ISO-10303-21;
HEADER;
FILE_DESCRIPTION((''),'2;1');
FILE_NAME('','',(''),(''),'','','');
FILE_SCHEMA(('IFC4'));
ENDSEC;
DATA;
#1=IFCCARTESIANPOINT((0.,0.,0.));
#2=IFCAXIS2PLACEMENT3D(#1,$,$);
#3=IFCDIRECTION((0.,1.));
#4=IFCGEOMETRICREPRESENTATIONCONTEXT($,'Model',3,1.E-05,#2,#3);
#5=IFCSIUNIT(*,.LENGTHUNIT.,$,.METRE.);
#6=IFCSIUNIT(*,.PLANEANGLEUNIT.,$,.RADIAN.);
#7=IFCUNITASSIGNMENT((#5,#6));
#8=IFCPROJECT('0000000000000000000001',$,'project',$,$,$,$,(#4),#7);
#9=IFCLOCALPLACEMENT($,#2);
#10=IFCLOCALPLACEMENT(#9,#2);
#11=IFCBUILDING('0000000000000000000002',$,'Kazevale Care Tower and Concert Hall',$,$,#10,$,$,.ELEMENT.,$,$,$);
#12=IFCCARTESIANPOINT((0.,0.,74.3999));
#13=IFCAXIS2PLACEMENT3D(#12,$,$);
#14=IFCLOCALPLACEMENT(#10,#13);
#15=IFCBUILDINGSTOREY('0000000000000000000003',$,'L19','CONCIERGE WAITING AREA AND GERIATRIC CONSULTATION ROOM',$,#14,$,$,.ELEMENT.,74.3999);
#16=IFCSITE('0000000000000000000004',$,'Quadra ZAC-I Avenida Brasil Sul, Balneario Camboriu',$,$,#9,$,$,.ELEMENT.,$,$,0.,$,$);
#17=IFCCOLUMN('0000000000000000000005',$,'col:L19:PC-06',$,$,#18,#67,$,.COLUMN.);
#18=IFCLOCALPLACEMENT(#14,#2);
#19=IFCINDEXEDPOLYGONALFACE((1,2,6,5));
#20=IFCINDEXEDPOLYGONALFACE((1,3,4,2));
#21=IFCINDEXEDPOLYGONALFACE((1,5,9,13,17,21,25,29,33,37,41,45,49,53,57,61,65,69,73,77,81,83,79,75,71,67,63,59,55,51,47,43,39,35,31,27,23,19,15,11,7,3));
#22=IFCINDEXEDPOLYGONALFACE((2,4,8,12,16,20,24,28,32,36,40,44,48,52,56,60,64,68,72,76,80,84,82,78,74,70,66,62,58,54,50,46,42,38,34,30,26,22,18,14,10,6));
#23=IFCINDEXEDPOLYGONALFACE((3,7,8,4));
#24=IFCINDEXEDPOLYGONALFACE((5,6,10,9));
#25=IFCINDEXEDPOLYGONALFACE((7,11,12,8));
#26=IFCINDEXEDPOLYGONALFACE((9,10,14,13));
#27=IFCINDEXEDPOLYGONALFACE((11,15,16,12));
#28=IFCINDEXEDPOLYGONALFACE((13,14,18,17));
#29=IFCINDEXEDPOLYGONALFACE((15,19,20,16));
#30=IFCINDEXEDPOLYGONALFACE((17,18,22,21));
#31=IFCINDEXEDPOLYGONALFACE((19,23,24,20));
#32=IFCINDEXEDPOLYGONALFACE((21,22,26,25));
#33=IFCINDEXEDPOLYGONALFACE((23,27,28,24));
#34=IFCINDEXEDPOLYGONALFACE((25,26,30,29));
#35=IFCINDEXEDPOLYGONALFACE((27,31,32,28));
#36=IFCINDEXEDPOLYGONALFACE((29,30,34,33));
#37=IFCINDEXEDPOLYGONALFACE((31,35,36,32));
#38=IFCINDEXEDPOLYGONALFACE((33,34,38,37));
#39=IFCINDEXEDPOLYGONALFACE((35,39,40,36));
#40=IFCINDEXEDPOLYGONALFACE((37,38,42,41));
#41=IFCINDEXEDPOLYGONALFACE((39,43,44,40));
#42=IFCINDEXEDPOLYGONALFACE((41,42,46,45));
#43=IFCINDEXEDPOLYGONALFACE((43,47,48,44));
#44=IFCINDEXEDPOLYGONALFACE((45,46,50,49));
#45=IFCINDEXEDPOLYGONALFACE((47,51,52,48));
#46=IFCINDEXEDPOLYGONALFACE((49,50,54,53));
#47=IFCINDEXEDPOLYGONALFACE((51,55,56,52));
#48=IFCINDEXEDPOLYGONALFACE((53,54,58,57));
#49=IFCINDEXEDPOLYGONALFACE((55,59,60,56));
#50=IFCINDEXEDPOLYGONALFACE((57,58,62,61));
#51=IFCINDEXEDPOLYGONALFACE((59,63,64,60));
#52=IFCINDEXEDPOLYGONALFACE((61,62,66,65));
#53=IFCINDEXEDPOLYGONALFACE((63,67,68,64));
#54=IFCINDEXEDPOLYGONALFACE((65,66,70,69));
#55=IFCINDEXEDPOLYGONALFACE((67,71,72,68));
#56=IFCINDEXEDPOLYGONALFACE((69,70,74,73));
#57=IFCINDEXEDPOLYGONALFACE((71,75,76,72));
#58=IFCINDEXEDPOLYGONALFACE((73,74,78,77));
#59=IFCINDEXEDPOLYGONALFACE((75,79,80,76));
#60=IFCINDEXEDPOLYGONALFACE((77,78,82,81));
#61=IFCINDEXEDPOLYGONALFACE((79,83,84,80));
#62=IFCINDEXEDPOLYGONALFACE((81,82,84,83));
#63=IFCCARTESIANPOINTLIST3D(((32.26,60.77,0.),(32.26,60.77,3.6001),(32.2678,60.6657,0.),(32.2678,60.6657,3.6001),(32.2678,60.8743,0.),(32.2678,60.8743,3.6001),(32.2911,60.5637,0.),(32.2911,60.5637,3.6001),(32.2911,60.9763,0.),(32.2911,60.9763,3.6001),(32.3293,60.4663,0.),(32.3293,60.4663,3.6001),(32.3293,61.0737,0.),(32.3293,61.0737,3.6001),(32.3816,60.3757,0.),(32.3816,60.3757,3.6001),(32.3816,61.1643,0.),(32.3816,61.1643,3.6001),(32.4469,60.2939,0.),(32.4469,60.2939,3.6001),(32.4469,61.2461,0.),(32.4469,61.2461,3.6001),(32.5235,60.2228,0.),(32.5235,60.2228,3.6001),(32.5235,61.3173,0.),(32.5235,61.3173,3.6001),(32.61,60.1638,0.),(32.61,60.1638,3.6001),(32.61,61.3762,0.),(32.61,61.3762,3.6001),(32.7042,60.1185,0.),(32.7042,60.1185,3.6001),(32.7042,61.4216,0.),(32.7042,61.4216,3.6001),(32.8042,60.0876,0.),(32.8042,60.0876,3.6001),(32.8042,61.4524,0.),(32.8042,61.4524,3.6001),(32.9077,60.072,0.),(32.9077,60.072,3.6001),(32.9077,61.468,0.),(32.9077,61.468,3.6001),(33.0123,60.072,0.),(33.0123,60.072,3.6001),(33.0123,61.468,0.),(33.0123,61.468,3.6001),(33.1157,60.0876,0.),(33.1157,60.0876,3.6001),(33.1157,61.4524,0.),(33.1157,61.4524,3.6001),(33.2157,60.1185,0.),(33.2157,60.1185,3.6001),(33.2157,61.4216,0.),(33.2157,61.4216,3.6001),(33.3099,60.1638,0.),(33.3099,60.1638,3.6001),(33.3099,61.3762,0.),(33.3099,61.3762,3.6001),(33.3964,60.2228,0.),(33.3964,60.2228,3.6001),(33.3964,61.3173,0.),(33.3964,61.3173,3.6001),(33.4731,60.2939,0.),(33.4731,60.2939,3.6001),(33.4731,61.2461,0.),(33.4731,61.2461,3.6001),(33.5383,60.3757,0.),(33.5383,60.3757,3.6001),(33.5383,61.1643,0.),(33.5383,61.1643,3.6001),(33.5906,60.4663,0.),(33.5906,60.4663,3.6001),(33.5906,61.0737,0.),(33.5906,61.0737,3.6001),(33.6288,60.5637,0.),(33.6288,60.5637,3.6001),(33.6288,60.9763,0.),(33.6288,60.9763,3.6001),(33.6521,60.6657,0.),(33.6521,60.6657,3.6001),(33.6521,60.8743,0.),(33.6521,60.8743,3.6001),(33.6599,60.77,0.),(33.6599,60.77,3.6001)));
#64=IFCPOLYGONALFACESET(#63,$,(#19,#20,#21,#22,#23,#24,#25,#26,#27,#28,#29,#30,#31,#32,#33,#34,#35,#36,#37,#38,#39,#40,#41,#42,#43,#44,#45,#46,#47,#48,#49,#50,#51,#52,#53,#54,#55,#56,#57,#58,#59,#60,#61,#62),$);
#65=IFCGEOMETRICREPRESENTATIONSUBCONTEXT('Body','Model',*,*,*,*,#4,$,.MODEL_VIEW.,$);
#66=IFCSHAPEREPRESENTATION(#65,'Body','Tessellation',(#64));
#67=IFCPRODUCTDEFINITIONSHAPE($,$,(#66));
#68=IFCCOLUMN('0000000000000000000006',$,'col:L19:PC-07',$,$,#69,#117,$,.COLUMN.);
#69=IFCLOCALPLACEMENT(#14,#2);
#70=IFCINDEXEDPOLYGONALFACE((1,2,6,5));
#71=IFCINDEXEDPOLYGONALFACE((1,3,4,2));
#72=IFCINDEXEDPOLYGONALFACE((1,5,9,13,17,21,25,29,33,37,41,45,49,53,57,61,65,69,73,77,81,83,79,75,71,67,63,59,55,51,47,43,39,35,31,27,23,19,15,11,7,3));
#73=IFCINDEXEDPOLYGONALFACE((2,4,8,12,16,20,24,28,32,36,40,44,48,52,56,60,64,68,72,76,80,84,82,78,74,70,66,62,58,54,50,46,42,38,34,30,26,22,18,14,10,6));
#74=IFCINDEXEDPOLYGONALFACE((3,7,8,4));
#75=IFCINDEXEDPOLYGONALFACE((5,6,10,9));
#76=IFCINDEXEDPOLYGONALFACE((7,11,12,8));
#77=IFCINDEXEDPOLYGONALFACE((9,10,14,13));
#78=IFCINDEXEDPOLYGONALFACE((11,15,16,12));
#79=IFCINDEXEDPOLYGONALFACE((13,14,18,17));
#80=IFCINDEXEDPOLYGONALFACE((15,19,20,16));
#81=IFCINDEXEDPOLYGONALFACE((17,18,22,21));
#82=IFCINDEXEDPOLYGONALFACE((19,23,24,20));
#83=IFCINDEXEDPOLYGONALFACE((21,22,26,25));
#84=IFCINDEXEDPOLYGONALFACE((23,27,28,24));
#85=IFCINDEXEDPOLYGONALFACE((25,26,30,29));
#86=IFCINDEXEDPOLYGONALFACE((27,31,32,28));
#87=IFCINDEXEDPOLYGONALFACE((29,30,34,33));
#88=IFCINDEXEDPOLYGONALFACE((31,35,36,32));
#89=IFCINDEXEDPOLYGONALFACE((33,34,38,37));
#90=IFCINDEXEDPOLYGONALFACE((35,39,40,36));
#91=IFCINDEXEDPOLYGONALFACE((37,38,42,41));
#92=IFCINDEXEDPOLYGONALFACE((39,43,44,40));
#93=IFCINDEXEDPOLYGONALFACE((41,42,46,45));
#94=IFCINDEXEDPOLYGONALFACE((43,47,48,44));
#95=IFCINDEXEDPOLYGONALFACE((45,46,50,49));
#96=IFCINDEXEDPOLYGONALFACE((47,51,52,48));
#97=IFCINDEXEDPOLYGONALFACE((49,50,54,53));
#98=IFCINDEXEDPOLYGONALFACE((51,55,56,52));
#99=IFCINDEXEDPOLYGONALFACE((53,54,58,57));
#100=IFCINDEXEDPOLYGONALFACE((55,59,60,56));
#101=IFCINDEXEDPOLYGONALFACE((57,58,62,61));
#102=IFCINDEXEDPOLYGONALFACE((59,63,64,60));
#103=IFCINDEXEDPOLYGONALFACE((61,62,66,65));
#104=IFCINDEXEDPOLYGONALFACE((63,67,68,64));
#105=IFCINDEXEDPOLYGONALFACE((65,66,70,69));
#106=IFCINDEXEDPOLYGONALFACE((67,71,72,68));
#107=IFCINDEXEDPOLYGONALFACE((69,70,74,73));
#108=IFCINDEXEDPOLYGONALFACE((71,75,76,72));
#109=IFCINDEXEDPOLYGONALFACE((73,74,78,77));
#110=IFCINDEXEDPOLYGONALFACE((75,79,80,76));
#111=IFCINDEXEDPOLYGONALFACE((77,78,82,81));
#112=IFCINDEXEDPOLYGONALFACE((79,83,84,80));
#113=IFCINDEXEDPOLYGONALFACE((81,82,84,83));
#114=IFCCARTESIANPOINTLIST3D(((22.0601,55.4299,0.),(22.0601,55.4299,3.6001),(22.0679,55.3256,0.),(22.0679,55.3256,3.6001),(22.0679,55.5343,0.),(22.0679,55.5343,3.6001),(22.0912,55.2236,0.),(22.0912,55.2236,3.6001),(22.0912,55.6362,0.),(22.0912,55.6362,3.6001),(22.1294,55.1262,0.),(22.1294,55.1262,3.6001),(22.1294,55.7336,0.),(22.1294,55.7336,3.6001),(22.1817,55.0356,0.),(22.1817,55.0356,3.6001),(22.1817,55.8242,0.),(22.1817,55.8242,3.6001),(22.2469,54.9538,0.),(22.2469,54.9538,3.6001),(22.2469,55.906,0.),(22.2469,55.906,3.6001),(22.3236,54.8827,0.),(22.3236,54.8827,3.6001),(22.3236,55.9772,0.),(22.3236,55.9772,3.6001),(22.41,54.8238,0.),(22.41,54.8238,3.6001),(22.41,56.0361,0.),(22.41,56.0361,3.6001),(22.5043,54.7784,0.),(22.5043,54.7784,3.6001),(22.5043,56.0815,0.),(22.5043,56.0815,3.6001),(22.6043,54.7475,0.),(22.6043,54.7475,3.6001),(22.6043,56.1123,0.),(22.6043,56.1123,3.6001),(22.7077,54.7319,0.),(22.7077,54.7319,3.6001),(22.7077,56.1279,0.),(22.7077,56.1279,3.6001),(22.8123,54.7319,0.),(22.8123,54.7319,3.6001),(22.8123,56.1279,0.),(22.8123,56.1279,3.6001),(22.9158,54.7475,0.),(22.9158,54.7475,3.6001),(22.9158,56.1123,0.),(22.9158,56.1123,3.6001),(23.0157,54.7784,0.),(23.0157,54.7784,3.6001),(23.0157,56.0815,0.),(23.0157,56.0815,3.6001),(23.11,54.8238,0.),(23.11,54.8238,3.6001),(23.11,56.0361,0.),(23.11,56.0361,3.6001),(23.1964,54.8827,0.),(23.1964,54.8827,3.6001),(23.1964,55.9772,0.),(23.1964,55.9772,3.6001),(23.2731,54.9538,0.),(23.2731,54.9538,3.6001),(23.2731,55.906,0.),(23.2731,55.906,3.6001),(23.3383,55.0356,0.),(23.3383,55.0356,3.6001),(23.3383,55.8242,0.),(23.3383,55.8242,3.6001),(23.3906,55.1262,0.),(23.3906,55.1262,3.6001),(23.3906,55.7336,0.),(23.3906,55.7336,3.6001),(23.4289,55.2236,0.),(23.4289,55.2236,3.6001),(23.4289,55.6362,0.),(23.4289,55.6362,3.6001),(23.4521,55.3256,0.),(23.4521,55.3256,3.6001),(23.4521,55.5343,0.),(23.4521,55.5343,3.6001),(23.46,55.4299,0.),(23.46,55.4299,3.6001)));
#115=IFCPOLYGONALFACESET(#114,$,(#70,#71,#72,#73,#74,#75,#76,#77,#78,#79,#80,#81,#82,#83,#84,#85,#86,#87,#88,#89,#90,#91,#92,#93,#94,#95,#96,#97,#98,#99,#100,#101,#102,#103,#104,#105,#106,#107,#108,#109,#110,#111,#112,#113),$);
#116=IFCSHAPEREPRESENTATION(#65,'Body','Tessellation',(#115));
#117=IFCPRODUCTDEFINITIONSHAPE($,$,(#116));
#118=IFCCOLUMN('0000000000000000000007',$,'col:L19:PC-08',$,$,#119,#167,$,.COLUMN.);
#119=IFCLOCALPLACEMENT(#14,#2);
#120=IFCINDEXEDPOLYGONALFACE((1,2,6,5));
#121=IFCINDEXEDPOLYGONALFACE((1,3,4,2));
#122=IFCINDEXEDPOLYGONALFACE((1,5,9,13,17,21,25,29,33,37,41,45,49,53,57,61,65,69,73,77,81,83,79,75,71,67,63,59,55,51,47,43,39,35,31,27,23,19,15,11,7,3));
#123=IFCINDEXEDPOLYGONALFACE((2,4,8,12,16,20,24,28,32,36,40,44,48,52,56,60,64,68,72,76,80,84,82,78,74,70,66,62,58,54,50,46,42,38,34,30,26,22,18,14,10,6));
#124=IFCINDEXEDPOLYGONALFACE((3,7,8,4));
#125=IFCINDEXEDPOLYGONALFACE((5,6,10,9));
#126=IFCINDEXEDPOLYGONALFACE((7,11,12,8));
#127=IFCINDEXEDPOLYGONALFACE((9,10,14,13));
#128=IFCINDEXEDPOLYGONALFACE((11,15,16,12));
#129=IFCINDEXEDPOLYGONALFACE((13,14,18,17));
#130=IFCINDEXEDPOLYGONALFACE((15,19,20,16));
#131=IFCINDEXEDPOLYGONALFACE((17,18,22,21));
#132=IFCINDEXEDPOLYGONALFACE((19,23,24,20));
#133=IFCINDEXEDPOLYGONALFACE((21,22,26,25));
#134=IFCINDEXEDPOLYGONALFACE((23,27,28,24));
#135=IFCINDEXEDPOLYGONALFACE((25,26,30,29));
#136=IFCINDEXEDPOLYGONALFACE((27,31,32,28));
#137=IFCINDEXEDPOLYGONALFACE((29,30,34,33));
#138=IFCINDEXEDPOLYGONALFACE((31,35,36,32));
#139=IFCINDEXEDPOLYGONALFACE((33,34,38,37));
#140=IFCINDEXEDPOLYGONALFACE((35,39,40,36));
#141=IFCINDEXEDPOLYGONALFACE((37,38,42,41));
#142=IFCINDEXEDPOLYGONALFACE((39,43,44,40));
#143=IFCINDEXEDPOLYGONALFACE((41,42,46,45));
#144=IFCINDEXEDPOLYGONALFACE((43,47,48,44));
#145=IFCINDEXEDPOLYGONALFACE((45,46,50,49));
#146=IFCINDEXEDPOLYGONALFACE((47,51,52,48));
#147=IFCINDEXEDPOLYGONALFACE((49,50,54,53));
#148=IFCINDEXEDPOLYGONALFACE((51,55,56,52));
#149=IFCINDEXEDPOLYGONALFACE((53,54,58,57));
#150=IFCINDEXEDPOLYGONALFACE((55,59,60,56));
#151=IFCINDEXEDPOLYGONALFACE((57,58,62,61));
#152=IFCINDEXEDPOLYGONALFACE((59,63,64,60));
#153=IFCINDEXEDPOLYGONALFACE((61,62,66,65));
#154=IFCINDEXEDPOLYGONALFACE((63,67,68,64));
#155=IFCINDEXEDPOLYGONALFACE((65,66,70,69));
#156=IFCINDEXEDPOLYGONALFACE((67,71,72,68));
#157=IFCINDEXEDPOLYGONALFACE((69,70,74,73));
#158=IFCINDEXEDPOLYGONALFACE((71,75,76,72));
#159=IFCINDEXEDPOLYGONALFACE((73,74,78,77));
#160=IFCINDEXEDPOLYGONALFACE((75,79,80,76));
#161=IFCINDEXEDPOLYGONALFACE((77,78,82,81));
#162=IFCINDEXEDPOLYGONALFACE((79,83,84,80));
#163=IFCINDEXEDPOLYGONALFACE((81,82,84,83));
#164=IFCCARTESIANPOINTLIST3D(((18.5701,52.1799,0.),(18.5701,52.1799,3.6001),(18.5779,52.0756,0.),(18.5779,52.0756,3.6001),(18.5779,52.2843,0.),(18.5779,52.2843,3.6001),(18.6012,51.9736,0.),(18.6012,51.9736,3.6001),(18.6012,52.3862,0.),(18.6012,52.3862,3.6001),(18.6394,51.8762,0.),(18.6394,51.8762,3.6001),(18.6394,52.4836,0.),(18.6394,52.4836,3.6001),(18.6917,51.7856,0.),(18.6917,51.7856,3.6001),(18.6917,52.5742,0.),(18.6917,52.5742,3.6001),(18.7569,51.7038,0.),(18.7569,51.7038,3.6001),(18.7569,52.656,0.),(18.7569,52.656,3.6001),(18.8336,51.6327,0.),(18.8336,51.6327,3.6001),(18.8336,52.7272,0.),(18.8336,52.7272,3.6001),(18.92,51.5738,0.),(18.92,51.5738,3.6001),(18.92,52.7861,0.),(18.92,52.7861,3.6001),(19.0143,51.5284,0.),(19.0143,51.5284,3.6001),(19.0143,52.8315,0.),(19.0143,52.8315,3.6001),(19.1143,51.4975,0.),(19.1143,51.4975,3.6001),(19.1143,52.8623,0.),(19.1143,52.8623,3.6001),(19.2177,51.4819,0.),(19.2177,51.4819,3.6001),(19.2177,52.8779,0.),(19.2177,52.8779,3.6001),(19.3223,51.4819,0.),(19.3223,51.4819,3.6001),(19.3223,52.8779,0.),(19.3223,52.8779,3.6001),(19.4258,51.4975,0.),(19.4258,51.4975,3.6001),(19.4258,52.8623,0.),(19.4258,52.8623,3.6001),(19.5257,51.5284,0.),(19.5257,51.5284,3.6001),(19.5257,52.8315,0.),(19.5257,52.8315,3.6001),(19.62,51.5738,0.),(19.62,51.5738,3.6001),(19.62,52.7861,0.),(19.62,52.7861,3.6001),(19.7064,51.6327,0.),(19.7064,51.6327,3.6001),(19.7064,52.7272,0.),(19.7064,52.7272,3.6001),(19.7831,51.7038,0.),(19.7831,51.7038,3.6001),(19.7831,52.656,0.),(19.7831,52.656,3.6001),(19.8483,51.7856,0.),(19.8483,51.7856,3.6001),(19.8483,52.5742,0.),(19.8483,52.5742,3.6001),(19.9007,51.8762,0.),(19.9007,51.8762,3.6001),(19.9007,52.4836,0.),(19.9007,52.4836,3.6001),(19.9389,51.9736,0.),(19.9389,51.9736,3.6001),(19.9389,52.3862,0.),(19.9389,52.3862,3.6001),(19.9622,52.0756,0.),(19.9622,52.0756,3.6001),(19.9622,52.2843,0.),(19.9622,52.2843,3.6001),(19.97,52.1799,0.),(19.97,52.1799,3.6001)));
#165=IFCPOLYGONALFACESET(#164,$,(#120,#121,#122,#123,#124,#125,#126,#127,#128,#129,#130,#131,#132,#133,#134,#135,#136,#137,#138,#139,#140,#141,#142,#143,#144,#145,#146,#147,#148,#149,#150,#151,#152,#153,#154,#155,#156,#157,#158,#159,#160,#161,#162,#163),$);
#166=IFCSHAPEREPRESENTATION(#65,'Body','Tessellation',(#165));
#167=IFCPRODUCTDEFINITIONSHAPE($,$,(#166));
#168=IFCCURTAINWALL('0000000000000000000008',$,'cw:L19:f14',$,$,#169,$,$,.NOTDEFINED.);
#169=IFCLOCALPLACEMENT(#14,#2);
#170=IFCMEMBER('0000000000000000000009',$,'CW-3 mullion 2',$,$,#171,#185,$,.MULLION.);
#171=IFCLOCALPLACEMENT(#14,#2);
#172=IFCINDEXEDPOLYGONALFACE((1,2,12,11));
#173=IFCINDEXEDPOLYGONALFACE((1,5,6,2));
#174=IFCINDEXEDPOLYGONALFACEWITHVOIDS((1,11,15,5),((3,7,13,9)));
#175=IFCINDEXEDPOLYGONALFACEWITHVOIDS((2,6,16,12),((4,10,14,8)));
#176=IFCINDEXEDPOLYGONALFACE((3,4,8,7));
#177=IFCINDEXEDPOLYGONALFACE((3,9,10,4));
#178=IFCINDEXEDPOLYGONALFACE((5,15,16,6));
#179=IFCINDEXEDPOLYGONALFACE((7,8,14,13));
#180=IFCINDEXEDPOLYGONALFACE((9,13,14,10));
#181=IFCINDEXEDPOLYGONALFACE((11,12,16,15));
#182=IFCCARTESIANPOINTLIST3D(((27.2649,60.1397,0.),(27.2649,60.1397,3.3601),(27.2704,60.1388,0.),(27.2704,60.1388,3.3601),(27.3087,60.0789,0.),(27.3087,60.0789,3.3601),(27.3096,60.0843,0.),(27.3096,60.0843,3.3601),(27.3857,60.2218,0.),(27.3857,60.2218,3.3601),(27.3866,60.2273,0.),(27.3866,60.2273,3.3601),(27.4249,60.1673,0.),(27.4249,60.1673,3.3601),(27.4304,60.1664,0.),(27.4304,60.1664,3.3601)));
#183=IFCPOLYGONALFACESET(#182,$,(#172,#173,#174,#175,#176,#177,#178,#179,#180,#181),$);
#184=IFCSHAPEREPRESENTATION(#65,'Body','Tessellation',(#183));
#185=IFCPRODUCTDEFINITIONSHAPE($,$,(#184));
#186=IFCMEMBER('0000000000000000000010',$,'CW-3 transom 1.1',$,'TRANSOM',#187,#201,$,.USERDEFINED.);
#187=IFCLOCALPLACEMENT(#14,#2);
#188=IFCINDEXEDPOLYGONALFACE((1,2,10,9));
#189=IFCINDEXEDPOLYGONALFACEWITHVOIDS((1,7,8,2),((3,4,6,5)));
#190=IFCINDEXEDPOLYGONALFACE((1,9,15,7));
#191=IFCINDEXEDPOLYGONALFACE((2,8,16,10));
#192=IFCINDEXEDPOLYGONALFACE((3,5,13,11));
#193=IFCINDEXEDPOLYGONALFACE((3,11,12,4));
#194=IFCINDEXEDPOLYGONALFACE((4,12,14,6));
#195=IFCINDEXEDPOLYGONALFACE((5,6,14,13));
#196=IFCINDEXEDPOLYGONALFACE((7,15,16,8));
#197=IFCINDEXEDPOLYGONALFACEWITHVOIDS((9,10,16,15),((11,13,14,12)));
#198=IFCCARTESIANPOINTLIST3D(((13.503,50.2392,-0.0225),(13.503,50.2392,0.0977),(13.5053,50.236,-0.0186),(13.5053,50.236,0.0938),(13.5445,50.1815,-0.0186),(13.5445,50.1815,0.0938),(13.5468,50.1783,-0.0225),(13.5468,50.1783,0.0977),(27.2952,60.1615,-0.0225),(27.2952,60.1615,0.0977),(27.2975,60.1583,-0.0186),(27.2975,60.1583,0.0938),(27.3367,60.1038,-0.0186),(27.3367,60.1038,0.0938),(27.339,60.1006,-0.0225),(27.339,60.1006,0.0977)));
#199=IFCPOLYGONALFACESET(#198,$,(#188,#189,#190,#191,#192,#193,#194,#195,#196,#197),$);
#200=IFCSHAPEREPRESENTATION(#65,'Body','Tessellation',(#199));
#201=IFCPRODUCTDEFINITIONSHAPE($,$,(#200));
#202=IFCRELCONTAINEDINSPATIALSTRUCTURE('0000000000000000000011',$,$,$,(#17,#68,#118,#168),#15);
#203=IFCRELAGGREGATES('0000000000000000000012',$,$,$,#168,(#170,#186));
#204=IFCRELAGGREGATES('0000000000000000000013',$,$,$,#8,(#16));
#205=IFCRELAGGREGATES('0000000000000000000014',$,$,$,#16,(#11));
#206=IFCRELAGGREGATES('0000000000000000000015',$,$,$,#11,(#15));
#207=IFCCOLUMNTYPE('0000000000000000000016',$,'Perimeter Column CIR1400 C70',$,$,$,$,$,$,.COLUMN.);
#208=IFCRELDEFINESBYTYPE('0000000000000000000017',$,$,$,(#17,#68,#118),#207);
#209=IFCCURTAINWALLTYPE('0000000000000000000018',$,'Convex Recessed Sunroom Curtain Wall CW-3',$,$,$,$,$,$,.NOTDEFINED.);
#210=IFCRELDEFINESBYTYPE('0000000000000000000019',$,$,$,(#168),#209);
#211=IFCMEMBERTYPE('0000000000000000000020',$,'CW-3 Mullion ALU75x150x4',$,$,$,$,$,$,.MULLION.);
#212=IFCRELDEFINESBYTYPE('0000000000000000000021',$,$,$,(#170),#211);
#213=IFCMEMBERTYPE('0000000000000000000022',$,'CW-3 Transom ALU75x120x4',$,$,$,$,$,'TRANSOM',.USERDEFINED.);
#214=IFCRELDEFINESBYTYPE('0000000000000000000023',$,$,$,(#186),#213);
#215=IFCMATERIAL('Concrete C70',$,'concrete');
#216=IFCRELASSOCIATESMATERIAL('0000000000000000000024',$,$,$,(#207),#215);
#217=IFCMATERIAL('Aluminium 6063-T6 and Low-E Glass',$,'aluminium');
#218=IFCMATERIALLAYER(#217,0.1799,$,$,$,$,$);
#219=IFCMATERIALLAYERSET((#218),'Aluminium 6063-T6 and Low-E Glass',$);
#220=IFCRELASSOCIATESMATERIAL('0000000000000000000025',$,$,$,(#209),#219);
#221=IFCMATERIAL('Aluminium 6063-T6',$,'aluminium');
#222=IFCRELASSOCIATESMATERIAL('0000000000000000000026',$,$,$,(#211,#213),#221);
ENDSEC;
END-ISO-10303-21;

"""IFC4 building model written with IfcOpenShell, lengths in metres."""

from ifc_helpers import new_model, si_unit, direction, frame, origin, origin_2d, place, context, subcontext, project, spatial, hollow_rectangle, circle, extrude, material, layer, layer_set, material_profile, profile_set, type_object, element, aggregate, save


model = new_model("IFC4")

# Units and contexts
model_context = context("Model", 3, precision=1e-05, world=origin(), true_north=direction((0.0, 1.0)))
body_context = subcontext(model_context, "Body", "Model", "MODEL_VIEW")
ifc_project = project(units=[si_unit("LENGTHUNIT", "METRE"), si_unit("PLANEANGLEUNIT", "RADIAN")], contexts=[model_context])

# Site, building, storey
site_placement = place(None, origin())
site = spatial("IfcSite", under=ifc_project, at=site_placement, Name="Quadra ZAC-I Avenida Brasil Sul, Balneario Camboriu", CompositionType="ELEMENT", RefElevation=0.0)
building_placement = place(site_placement, origin())
building = spatial("IfcBuilding", under=site, at=building_placement, Name="Kazevale Care Tower and Concert Hall", CompositionType="ELEMENT")
storey_placement = place(building_placement, frame((0.0, 0.0, 74.3999)))
storey = spatial("IfcBuildingStorey", under=building, at=storey_placement, Name="L19", Description="CONCIERGE WAITING AREA AND GERIATRIC CONSULTATION ROOM", CompositionType="ELEMENT", Elevation=74.3999)

# Columns
ifc_material_1 = material(Name="Concrete C70", Category="concrete")
ifc_material_profile_1 = material_profile(ifc_material_1, circle(Radius=0.7, at=origin_2d()), Name="RC-CIR1400")
ifc_profile_set_1 = profile_set([ifc_material_profile_1], Name="Concrete C70")
column_type = type_object("IfcColumnType", Name="Perimeter Column CIR1400 C70", PredefinedType="COLUMN", material=ifc_profile_set_1)
for number, where, z_axis, x_axis, name in (
    (1, (32.96, 60.77, 0.0), (0.0, 0.0, 1.0), (1.0, 0.0, 0.0), "col:L19:PC-06"),
    (2, (22.76, 55.4299, 0.0), (0.0, 0.0, 1.0), (1.0, 0.0, 0.0), "col:L19:PC-07"),
    (3, (19.27, 52.1799, 0.0), (0.0, 0.0, 1.0), (1.0, 0.0, 0.0), "col:L19:PC-08"),
):
    element("IfcColumn", number, at=place(storey_placement, frame(where, z_axis=z_axis, x_axis=x_axis)), inside=storey, type_object=column_type, Name=name, PredefinedType="COLUMN", context=body_context, shape_type="SweptSolid", body=[
        extrude(circle(Radius=0.7, at=origin_2d()), origin(), (0.0, 0.0, 1.0), 3.6001),
    ])

# Curtain wall, members
ifc_material_2 = material(Name="Aluminium 6063-T6 and Low-E Glass", Category="aluminium")
ifc_layer_1 = layer(ifc_material_2, 0.1799)
ifc_layer_set_1 = layer_set([ifc_layer_1], Name="Aluminium 6063-T6 and Low-E Glass")
curtain_wall_type = type_object("IfcCurtainWallType", Name="Convex Recessed Sunroom Curtain Wall CW-3", PredefinedType="NOTDEFINED", material=ifc_layer_set_1)
curtain_wall_placement = place(storey_placement, origin())
curtain_wall = element("IfcCurtainWall", 4, at=curtain_wall_placement, inside=storey, type_object=curtain_wall_type, Name="cw:L19:f14", PredefinedType="NOTDEFINED")
ifc_material_3 = material(Name="Aluminium 6063-T6", Category="aluminium")
ifc_material_profile_2 = material_profile(ifc_material_3, hollow_rectangle(XDim=0.075, YDim=0.1499, WallThickness=0.0039, at=origin_2d()), Name="ALU75x150x4")
ifc_profile_set_2 = profile_set([ifc_material_profile_2], Name="Aluminium 6063-T6")
member_type_1 = type_object("IfcMemberType", Name="CW-3 Mullion ALU75x150x4", PredefinedType="MULLION", material=ifc_profile_set_2)
member_1_placement = place(storey_placement, frame((27.3477, 60.1531, 0.0), z_axis=(0.0, 0.0, 1.0), x_axis=(-0.583994, 0.811758, 0.0)))
member_1 = element("IfcMember", 5, at=member_1_placement, type_object=member_type_1, Name="CW-3 mullion 2", PredefinedType="MULLION", context=body_context, shape_type="SweptSolid", body=[
    extrude(hollow_rectangle(XDim=0.075, YDim=0.1499, WallThickness=0.0039, at=origin_2d()), origin(), (0.0, 0.0, 1.0), 3.3601),
])
ifc_material_profile_3 = material_profile(ifc_material_3, hollow_rectangle(XDim=0.075, YDim=0.1201, WallThickness=0.0039, at=origin_2d()), Name="ALU75x120x4")
ifc_profile_set_3 = profile_set([ifc_material_profile_3], Name="Aluminium 6063-T6")
member_type_2 = type_object("IfcMemberType", Name="CW-3 Transom ALU75x120x4", ElementType="TRANSOM", PredefinedType="USERDEFINED", material=ifc_profile_set_3)
member_2_placement = place(storey_placement, frame((13.5249, 50.2087, 0.0376), z_axis=(0.811759, 0.583993, 0.0), x_axis=(-0.583993, 0.811759, 0.0)))
member_2 = element("IfcMember", 6, at=member_2_placement, type_object=member_type_2, Name="CW-3 transom 1.1", ObjectType="TRANSOM", PredefinedType="USERDEFINED", context=body_context, shape_type="SweptSolid", body=[
    extrude(hollow_rectangle(XDim=0.075, YDim=0.1201, WallThickness=0.0039, at=origin_2d()), origin(), (0.0, 0.0, 1.0), 16.9905),
])

aggregate(curtain_wall, [member_1, member_2])

save(model, "model.ifc")
